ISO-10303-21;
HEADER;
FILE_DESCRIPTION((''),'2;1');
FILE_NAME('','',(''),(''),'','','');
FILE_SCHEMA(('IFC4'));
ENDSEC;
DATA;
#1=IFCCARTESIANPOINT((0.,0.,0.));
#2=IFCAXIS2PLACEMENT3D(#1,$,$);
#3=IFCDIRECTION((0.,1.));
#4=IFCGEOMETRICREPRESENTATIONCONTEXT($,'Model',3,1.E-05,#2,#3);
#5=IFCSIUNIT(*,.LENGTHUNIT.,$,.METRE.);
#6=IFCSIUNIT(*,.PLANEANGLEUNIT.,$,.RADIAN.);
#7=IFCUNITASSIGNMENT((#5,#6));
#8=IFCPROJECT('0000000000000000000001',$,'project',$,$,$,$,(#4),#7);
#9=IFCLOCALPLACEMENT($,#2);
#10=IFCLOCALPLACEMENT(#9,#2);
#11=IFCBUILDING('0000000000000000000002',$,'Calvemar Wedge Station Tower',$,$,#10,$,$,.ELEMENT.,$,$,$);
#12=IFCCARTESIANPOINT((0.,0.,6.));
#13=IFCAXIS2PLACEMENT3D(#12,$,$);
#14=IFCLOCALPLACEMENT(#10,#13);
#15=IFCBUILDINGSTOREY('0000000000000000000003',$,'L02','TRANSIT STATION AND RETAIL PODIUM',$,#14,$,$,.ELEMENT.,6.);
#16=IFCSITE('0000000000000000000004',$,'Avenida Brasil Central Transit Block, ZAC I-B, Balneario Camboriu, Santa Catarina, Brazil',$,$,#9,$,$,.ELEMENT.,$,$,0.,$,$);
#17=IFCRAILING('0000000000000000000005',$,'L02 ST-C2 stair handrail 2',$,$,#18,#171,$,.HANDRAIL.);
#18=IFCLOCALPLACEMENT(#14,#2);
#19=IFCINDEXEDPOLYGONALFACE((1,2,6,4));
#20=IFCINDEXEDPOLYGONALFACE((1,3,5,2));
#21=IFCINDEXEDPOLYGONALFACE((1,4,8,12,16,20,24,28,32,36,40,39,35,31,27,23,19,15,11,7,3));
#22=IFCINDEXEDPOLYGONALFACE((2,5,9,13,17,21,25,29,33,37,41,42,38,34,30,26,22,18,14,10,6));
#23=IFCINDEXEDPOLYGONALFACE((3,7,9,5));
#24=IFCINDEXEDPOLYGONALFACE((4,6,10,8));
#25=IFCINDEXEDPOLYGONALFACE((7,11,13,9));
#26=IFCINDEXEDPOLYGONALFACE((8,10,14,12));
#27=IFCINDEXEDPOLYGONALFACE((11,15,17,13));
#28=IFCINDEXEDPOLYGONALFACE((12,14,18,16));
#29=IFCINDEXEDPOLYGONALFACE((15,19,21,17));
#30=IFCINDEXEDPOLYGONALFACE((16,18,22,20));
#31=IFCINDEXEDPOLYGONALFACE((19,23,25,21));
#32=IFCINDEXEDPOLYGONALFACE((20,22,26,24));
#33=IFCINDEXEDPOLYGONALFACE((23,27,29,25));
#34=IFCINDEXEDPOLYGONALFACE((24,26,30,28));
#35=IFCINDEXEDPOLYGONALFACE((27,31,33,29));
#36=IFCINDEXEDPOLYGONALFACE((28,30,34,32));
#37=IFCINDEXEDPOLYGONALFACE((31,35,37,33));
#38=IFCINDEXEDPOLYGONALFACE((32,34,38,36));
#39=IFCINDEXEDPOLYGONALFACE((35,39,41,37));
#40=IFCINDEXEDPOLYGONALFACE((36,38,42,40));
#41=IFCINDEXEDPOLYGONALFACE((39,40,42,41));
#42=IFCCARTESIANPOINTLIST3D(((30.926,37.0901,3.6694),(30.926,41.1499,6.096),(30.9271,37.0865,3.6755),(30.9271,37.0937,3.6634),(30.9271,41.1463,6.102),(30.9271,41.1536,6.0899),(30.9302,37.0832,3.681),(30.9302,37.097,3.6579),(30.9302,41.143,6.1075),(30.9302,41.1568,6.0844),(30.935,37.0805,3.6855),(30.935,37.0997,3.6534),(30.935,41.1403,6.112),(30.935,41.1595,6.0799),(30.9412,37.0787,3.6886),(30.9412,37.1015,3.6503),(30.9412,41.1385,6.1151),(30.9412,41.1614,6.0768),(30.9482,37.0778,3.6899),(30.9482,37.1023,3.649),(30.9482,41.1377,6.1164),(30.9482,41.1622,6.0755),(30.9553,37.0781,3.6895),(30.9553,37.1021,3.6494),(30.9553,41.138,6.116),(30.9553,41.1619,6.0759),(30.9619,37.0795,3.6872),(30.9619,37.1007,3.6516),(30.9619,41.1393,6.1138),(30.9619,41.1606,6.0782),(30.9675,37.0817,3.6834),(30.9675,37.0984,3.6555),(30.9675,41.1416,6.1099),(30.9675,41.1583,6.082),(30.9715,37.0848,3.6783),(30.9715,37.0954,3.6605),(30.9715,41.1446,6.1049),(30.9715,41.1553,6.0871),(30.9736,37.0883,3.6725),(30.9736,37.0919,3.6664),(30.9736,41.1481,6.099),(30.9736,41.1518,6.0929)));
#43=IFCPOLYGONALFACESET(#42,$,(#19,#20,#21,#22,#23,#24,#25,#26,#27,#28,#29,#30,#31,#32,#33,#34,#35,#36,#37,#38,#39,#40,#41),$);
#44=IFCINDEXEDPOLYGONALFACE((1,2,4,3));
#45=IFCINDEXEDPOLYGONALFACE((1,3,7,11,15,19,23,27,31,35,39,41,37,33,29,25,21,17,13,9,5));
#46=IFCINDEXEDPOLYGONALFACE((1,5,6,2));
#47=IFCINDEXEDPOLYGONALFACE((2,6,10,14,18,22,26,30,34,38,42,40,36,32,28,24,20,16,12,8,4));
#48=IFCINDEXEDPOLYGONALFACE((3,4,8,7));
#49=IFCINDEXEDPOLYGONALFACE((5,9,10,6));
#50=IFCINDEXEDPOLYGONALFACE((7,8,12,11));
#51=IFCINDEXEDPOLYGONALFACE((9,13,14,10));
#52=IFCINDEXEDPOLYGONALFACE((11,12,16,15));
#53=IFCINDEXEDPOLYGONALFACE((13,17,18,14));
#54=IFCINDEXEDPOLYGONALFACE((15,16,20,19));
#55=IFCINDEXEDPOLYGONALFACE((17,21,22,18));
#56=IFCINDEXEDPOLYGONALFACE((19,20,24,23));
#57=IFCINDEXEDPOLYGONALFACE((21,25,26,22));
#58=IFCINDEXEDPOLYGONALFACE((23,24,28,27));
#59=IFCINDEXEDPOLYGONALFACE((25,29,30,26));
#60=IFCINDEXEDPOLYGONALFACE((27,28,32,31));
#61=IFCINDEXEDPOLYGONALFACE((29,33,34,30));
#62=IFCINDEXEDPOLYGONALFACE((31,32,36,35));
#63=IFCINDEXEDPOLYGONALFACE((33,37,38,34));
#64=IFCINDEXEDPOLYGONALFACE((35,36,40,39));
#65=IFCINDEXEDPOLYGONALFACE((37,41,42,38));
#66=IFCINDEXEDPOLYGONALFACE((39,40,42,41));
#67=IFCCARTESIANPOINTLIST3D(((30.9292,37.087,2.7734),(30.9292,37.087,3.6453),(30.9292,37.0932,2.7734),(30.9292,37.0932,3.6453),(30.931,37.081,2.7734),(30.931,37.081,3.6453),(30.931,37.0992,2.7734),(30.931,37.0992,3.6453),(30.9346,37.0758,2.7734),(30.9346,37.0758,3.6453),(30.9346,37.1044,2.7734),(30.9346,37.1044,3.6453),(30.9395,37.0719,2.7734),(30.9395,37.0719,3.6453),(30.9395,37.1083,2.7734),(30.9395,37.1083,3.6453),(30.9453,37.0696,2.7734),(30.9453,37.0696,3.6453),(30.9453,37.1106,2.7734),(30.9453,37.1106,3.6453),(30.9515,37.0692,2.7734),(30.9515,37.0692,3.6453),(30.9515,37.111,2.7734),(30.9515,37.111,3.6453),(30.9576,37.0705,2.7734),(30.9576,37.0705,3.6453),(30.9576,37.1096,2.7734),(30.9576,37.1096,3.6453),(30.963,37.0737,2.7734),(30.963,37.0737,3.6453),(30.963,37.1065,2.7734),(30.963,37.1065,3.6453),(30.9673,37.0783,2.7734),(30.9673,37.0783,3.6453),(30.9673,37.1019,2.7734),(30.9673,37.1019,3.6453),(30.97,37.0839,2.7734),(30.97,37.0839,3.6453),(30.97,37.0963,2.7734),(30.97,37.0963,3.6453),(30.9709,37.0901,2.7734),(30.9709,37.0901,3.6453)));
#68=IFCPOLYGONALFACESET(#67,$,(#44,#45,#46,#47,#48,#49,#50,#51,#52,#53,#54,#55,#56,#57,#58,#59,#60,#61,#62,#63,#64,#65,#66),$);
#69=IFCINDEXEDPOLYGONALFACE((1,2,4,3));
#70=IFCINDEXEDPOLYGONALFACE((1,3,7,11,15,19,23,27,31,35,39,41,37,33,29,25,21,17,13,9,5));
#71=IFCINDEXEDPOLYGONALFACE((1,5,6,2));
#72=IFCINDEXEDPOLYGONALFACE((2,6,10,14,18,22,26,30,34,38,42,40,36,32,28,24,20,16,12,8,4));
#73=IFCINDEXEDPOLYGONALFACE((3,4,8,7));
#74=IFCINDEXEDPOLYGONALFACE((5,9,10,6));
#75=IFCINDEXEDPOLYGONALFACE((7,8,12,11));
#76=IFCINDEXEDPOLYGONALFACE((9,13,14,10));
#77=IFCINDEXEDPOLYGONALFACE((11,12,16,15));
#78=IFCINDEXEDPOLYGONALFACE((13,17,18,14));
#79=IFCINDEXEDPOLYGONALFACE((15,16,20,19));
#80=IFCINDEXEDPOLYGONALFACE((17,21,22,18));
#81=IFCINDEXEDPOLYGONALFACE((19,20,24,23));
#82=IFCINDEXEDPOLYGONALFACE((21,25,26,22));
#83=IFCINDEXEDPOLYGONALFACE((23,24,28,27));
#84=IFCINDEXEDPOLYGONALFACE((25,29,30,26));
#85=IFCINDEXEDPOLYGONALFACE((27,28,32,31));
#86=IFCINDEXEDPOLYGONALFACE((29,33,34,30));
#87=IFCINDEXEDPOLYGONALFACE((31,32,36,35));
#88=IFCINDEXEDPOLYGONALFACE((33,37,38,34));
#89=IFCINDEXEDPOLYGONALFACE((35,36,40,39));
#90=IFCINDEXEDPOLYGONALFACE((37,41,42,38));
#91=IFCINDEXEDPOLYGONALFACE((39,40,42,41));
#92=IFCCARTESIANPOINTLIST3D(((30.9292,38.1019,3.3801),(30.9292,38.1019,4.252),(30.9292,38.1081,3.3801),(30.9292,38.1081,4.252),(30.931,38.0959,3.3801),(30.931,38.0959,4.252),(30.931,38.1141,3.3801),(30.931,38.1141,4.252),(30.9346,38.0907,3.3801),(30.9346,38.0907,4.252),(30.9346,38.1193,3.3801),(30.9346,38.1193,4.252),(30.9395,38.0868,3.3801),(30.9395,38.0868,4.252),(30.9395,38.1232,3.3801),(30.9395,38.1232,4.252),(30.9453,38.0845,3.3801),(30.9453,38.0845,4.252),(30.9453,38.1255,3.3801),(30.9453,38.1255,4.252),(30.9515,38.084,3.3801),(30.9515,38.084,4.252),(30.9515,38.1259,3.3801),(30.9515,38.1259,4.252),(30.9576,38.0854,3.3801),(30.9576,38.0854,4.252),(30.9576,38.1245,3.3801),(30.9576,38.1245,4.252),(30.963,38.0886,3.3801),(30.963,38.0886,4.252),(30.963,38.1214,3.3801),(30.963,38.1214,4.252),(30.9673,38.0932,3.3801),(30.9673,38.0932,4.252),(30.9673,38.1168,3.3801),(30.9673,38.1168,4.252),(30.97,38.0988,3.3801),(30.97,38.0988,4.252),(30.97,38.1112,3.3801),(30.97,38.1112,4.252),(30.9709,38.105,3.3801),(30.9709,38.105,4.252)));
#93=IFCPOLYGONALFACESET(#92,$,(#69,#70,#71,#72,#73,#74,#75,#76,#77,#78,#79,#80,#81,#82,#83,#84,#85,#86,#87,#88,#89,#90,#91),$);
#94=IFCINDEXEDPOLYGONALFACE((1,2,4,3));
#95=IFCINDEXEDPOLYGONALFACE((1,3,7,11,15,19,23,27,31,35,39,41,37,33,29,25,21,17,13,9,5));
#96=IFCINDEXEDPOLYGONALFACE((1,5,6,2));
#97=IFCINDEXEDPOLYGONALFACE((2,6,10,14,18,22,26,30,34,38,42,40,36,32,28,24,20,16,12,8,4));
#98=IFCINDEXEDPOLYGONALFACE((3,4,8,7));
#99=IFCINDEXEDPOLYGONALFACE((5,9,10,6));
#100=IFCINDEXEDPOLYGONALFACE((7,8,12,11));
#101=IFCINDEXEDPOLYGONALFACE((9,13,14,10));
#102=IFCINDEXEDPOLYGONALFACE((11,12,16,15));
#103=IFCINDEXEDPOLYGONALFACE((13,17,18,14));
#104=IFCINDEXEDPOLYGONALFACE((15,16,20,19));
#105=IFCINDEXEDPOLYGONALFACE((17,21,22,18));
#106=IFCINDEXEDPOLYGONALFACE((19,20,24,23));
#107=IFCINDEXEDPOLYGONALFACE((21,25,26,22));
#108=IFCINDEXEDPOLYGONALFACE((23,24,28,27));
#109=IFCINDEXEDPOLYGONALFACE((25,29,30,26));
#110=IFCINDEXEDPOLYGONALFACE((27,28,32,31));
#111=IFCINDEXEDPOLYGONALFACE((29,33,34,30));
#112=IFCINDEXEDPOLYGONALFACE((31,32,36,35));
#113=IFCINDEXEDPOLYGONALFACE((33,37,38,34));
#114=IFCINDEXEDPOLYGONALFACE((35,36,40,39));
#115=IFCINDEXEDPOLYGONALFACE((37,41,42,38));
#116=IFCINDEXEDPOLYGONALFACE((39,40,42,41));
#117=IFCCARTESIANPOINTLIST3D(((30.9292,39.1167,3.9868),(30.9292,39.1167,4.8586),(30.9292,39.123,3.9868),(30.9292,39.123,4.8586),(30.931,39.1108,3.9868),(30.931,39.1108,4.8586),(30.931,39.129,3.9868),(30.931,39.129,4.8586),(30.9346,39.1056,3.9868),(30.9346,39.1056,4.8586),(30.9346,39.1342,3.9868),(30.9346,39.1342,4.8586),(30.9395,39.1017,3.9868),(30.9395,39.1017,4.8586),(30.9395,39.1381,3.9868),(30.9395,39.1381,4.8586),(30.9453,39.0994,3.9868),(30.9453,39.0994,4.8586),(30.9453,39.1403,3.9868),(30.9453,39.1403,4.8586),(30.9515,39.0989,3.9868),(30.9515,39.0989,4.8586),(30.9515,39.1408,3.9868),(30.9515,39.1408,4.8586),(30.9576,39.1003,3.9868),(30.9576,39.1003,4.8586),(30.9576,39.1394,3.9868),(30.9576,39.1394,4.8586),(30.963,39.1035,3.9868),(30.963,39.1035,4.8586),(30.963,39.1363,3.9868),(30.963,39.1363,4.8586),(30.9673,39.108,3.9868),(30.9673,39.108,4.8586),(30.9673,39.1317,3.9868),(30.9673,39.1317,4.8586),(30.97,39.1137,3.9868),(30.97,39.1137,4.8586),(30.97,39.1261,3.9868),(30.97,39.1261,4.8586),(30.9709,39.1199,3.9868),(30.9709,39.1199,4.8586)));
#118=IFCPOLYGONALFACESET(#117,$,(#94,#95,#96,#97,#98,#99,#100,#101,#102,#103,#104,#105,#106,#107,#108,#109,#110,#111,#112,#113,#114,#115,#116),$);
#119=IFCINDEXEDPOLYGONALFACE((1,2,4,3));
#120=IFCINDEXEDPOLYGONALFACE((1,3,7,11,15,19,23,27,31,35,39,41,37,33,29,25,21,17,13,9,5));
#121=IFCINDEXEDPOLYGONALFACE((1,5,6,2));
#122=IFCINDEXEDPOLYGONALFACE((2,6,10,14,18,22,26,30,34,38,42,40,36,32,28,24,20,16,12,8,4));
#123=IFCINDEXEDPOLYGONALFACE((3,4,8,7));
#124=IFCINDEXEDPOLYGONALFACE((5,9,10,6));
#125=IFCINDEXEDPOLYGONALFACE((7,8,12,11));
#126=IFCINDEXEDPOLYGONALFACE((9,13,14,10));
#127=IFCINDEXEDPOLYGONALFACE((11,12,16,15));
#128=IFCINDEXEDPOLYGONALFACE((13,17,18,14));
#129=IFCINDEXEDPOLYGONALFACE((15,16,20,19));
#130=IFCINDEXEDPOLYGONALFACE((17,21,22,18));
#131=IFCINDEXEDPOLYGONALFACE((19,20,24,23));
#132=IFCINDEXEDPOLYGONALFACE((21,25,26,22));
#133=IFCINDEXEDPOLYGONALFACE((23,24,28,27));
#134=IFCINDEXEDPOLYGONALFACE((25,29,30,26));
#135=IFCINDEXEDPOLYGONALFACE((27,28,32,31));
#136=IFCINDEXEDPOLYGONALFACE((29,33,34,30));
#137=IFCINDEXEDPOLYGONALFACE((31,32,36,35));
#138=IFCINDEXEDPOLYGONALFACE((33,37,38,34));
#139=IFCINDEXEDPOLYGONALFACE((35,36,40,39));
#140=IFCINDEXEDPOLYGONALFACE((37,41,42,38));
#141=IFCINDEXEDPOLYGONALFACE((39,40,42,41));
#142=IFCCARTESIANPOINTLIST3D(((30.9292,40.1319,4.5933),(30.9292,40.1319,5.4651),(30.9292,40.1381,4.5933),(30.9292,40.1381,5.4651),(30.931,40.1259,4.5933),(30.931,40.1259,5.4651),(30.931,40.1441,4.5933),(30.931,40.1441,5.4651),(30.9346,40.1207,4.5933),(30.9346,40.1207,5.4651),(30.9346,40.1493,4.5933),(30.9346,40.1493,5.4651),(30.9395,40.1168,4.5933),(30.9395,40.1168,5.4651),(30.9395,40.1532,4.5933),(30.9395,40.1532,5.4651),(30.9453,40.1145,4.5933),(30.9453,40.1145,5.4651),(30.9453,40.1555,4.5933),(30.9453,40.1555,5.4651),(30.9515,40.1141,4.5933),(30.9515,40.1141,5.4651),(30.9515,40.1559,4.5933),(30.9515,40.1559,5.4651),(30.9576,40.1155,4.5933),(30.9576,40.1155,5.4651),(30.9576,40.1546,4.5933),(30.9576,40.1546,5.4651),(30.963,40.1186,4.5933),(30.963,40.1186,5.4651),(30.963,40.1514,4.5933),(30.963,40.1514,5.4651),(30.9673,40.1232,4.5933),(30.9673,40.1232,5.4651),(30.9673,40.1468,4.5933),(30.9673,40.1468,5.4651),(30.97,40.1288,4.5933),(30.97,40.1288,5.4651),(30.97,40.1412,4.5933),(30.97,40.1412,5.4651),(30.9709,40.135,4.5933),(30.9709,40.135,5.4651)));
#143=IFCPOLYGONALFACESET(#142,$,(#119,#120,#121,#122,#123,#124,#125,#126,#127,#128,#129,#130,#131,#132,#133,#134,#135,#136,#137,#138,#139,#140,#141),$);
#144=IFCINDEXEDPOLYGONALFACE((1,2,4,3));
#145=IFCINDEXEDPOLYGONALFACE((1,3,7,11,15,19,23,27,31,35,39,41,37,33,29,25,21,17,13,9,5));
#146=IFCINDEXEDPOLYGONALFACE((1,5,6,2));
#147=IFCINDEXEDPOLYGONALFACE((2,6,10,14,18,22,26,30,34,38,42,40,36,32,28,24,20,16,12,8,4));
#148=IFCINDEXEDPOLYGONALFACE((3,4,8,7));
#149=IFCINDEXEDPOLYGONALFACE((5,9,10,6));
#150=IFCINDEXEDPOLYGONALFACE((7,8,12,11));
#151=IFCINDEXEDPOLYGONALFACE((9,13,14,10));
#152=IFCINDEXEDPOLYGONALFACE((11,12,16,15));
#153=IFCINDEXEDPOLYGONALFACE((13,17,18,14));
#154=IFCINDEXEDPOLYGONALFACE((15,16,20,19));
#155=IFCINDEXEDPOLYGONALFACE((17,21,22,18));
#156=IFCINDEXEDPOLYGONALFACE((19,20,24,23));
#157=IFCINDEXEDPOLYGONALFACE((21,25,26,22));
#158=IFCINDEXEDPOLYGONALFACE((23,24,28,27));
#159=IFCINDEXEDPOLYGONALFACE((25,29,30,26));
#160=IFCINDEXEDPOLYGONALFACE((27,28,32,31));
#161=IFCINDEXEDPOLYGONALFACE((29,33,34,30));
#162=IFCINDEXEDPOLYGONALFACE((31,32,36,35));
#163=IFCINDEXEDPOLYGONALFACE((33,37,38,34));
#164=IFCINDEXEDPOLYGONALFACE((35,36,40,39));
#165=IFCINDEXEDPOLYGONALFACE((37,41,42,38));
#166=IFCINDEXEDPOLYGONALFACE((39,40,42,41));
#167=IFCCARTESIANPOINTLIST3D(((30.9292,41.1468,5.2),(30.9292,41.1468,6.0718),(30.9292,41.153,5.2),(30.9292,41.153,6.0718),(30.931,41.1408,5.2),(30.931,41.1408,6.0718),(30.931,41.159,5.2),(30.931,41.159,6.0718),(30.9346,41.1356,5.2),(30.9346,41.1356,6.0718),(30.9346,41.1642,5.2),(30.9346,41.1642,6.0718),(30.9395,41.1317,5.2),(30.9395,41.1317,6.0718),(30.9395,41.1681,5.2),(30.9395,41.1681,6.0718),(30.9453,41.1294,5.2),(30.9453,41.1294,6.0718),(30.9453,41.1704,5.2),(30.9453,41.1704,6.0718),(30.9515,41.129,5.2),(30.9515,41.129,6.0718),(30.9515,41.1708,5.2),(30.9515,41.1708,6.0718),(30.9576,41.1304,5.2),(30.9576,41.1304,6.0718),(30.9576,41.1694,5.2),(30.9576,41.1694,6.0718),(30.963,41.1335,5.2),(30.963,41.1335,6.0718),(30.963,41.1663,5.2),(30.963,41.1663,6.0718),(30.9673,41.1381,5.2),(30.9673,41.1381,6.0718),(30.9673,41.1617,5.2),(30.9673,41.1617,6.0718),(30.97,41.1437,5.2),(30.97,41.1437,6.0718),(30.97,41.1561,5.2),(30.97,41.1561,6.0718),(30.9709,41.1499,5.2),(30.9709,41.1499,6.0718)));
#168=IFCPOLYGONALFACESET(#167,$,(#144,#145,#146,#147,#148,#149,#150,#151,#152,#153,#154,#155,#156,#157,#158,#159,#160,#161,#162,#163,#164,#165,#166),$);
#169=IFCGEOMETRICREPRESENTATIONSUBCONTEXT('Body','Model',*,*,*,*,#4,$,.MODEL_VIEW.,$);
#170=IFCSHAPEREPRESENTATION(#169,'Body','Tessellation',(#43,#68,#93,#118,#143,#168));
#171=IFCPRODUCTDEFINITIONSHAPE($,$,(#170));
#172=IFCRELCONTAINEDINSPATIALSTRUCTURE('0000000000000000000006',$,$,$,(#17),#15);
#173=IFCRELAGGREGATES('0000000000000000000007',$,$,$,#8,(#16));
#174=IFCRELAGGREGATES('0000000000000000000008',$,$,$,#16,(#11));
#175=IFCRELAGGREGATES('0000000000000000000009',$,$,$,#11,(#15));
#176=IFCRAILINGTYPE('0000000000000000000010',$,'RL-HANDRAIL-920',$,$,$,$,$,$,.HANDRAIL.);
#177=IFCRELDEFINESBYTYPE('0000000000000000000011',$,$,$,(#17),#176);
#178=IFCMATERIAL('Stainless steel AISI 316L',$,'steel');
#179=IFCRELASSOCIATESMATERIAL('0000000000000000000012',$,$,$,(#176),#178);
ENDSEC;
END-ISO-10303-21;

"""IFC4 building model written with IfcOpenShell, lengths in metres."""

from ifc_helpers import new_model, si_unit, direction, frame, origin, origin_2d, place, context, subcontext, project, spatial, circle, extrude, material, type_object, element, save


model = new_model("IFC4")

# Units and contexts
model_context = context("Model", 3, precision=1e-05, world=origin(), true_north=direction((0.0, 1.0)))
body_context = subcontext(model_context, "Body", "Model", "MODEL_VIEW")
ifc_project = project(units=[si_unit("LENGTHUNIT", "METRE"), si_unit("PLANEANGLEUNIT", "RADIAN")], contexts=[model_context])

# Site, building, storey
site_placement = place(None, origin())
site = spatial("IfcSite", under=ifc_project, at=site_placement, Name="Avenida Brasil Central Transit Block, ZAC I-B, Balneario Camboriu, Santa Catarina, Brazil", CompositionType="ELEMENT", RefElevation=0.0)
building_placement = place(site_placement, origin())
building = spatial("IfcBuilding", under=site, at=building_placement, Name="Calvemar Wedge Station Tower", CompositionType="ELEMENT")
storey_placement = place(building_placement, frame((0.0, 0.0, 6.0)))
storey = spatial("IfcBuildingStorey", under=building, at=storey_placement, Name="L02", Description="TRANSIT STATION AND RETAIL PODIUM", CompositionType="ELEMENT", Elevation=6.0)

# Railing
ifc_material_1 = material(Name="Stainless steel AISI 316L", Category="steel")
railing_type = type_object("IfcRailingType", Name="RL-HANDRAIL-920", PredefinedType="HANDRAIL", material=ifc_material_1)
railing_placement = place(storey_placement, frame((30.95, 37.0901, 2.7734)))
element("IfcRailing", 1, at=railing_placement, inside=storey, type_object=railing_type, Name="L02 ST-C2 stair handrail 2", PredefinedType="HANDRAIL", context=body_context, shape_type="SweptSolid", body=[
    extrude(circle(Radius=0.0239, at=origin_2d()), frame((0.0, 0.0, 0.896), z_axis=(0.0, 0.858366, 0.513038), x_axis=(-1.0, 0.0, 0.0)), (0.0, 0.0, 1.0), 4.7297),
    extrude(circle(Radius=0.021, at=origin_2d()), origin(), (0.0, 0.0, 1.0), 0.8718),
    extrude(circle(Radius=0.021, at=origin_2d()), frame((0.0, 1.0149, 0.6067)), (0.0, 0.0, 1.0), 0.8718),
    extrude(circle(Radius=0.021, at=origin_2d()), frame((0.0, 2.0298, 1.2134)), (0.0, 0.0, 1.0), 0.8718),
    extrude(circle(Radius=0.021, at=origin_2d()), frame((0.0, 3.0449, 1.8198)), (0.0, 0.0, 1.0), 0.8718),
    extrude(circle(Radius=0.021, at=origin_2d()), frame((0.0, 4.0598, 2.4265)), (0.0, 0.0, 1.0), 0.8718),
])

save(model, "model.ifc")
